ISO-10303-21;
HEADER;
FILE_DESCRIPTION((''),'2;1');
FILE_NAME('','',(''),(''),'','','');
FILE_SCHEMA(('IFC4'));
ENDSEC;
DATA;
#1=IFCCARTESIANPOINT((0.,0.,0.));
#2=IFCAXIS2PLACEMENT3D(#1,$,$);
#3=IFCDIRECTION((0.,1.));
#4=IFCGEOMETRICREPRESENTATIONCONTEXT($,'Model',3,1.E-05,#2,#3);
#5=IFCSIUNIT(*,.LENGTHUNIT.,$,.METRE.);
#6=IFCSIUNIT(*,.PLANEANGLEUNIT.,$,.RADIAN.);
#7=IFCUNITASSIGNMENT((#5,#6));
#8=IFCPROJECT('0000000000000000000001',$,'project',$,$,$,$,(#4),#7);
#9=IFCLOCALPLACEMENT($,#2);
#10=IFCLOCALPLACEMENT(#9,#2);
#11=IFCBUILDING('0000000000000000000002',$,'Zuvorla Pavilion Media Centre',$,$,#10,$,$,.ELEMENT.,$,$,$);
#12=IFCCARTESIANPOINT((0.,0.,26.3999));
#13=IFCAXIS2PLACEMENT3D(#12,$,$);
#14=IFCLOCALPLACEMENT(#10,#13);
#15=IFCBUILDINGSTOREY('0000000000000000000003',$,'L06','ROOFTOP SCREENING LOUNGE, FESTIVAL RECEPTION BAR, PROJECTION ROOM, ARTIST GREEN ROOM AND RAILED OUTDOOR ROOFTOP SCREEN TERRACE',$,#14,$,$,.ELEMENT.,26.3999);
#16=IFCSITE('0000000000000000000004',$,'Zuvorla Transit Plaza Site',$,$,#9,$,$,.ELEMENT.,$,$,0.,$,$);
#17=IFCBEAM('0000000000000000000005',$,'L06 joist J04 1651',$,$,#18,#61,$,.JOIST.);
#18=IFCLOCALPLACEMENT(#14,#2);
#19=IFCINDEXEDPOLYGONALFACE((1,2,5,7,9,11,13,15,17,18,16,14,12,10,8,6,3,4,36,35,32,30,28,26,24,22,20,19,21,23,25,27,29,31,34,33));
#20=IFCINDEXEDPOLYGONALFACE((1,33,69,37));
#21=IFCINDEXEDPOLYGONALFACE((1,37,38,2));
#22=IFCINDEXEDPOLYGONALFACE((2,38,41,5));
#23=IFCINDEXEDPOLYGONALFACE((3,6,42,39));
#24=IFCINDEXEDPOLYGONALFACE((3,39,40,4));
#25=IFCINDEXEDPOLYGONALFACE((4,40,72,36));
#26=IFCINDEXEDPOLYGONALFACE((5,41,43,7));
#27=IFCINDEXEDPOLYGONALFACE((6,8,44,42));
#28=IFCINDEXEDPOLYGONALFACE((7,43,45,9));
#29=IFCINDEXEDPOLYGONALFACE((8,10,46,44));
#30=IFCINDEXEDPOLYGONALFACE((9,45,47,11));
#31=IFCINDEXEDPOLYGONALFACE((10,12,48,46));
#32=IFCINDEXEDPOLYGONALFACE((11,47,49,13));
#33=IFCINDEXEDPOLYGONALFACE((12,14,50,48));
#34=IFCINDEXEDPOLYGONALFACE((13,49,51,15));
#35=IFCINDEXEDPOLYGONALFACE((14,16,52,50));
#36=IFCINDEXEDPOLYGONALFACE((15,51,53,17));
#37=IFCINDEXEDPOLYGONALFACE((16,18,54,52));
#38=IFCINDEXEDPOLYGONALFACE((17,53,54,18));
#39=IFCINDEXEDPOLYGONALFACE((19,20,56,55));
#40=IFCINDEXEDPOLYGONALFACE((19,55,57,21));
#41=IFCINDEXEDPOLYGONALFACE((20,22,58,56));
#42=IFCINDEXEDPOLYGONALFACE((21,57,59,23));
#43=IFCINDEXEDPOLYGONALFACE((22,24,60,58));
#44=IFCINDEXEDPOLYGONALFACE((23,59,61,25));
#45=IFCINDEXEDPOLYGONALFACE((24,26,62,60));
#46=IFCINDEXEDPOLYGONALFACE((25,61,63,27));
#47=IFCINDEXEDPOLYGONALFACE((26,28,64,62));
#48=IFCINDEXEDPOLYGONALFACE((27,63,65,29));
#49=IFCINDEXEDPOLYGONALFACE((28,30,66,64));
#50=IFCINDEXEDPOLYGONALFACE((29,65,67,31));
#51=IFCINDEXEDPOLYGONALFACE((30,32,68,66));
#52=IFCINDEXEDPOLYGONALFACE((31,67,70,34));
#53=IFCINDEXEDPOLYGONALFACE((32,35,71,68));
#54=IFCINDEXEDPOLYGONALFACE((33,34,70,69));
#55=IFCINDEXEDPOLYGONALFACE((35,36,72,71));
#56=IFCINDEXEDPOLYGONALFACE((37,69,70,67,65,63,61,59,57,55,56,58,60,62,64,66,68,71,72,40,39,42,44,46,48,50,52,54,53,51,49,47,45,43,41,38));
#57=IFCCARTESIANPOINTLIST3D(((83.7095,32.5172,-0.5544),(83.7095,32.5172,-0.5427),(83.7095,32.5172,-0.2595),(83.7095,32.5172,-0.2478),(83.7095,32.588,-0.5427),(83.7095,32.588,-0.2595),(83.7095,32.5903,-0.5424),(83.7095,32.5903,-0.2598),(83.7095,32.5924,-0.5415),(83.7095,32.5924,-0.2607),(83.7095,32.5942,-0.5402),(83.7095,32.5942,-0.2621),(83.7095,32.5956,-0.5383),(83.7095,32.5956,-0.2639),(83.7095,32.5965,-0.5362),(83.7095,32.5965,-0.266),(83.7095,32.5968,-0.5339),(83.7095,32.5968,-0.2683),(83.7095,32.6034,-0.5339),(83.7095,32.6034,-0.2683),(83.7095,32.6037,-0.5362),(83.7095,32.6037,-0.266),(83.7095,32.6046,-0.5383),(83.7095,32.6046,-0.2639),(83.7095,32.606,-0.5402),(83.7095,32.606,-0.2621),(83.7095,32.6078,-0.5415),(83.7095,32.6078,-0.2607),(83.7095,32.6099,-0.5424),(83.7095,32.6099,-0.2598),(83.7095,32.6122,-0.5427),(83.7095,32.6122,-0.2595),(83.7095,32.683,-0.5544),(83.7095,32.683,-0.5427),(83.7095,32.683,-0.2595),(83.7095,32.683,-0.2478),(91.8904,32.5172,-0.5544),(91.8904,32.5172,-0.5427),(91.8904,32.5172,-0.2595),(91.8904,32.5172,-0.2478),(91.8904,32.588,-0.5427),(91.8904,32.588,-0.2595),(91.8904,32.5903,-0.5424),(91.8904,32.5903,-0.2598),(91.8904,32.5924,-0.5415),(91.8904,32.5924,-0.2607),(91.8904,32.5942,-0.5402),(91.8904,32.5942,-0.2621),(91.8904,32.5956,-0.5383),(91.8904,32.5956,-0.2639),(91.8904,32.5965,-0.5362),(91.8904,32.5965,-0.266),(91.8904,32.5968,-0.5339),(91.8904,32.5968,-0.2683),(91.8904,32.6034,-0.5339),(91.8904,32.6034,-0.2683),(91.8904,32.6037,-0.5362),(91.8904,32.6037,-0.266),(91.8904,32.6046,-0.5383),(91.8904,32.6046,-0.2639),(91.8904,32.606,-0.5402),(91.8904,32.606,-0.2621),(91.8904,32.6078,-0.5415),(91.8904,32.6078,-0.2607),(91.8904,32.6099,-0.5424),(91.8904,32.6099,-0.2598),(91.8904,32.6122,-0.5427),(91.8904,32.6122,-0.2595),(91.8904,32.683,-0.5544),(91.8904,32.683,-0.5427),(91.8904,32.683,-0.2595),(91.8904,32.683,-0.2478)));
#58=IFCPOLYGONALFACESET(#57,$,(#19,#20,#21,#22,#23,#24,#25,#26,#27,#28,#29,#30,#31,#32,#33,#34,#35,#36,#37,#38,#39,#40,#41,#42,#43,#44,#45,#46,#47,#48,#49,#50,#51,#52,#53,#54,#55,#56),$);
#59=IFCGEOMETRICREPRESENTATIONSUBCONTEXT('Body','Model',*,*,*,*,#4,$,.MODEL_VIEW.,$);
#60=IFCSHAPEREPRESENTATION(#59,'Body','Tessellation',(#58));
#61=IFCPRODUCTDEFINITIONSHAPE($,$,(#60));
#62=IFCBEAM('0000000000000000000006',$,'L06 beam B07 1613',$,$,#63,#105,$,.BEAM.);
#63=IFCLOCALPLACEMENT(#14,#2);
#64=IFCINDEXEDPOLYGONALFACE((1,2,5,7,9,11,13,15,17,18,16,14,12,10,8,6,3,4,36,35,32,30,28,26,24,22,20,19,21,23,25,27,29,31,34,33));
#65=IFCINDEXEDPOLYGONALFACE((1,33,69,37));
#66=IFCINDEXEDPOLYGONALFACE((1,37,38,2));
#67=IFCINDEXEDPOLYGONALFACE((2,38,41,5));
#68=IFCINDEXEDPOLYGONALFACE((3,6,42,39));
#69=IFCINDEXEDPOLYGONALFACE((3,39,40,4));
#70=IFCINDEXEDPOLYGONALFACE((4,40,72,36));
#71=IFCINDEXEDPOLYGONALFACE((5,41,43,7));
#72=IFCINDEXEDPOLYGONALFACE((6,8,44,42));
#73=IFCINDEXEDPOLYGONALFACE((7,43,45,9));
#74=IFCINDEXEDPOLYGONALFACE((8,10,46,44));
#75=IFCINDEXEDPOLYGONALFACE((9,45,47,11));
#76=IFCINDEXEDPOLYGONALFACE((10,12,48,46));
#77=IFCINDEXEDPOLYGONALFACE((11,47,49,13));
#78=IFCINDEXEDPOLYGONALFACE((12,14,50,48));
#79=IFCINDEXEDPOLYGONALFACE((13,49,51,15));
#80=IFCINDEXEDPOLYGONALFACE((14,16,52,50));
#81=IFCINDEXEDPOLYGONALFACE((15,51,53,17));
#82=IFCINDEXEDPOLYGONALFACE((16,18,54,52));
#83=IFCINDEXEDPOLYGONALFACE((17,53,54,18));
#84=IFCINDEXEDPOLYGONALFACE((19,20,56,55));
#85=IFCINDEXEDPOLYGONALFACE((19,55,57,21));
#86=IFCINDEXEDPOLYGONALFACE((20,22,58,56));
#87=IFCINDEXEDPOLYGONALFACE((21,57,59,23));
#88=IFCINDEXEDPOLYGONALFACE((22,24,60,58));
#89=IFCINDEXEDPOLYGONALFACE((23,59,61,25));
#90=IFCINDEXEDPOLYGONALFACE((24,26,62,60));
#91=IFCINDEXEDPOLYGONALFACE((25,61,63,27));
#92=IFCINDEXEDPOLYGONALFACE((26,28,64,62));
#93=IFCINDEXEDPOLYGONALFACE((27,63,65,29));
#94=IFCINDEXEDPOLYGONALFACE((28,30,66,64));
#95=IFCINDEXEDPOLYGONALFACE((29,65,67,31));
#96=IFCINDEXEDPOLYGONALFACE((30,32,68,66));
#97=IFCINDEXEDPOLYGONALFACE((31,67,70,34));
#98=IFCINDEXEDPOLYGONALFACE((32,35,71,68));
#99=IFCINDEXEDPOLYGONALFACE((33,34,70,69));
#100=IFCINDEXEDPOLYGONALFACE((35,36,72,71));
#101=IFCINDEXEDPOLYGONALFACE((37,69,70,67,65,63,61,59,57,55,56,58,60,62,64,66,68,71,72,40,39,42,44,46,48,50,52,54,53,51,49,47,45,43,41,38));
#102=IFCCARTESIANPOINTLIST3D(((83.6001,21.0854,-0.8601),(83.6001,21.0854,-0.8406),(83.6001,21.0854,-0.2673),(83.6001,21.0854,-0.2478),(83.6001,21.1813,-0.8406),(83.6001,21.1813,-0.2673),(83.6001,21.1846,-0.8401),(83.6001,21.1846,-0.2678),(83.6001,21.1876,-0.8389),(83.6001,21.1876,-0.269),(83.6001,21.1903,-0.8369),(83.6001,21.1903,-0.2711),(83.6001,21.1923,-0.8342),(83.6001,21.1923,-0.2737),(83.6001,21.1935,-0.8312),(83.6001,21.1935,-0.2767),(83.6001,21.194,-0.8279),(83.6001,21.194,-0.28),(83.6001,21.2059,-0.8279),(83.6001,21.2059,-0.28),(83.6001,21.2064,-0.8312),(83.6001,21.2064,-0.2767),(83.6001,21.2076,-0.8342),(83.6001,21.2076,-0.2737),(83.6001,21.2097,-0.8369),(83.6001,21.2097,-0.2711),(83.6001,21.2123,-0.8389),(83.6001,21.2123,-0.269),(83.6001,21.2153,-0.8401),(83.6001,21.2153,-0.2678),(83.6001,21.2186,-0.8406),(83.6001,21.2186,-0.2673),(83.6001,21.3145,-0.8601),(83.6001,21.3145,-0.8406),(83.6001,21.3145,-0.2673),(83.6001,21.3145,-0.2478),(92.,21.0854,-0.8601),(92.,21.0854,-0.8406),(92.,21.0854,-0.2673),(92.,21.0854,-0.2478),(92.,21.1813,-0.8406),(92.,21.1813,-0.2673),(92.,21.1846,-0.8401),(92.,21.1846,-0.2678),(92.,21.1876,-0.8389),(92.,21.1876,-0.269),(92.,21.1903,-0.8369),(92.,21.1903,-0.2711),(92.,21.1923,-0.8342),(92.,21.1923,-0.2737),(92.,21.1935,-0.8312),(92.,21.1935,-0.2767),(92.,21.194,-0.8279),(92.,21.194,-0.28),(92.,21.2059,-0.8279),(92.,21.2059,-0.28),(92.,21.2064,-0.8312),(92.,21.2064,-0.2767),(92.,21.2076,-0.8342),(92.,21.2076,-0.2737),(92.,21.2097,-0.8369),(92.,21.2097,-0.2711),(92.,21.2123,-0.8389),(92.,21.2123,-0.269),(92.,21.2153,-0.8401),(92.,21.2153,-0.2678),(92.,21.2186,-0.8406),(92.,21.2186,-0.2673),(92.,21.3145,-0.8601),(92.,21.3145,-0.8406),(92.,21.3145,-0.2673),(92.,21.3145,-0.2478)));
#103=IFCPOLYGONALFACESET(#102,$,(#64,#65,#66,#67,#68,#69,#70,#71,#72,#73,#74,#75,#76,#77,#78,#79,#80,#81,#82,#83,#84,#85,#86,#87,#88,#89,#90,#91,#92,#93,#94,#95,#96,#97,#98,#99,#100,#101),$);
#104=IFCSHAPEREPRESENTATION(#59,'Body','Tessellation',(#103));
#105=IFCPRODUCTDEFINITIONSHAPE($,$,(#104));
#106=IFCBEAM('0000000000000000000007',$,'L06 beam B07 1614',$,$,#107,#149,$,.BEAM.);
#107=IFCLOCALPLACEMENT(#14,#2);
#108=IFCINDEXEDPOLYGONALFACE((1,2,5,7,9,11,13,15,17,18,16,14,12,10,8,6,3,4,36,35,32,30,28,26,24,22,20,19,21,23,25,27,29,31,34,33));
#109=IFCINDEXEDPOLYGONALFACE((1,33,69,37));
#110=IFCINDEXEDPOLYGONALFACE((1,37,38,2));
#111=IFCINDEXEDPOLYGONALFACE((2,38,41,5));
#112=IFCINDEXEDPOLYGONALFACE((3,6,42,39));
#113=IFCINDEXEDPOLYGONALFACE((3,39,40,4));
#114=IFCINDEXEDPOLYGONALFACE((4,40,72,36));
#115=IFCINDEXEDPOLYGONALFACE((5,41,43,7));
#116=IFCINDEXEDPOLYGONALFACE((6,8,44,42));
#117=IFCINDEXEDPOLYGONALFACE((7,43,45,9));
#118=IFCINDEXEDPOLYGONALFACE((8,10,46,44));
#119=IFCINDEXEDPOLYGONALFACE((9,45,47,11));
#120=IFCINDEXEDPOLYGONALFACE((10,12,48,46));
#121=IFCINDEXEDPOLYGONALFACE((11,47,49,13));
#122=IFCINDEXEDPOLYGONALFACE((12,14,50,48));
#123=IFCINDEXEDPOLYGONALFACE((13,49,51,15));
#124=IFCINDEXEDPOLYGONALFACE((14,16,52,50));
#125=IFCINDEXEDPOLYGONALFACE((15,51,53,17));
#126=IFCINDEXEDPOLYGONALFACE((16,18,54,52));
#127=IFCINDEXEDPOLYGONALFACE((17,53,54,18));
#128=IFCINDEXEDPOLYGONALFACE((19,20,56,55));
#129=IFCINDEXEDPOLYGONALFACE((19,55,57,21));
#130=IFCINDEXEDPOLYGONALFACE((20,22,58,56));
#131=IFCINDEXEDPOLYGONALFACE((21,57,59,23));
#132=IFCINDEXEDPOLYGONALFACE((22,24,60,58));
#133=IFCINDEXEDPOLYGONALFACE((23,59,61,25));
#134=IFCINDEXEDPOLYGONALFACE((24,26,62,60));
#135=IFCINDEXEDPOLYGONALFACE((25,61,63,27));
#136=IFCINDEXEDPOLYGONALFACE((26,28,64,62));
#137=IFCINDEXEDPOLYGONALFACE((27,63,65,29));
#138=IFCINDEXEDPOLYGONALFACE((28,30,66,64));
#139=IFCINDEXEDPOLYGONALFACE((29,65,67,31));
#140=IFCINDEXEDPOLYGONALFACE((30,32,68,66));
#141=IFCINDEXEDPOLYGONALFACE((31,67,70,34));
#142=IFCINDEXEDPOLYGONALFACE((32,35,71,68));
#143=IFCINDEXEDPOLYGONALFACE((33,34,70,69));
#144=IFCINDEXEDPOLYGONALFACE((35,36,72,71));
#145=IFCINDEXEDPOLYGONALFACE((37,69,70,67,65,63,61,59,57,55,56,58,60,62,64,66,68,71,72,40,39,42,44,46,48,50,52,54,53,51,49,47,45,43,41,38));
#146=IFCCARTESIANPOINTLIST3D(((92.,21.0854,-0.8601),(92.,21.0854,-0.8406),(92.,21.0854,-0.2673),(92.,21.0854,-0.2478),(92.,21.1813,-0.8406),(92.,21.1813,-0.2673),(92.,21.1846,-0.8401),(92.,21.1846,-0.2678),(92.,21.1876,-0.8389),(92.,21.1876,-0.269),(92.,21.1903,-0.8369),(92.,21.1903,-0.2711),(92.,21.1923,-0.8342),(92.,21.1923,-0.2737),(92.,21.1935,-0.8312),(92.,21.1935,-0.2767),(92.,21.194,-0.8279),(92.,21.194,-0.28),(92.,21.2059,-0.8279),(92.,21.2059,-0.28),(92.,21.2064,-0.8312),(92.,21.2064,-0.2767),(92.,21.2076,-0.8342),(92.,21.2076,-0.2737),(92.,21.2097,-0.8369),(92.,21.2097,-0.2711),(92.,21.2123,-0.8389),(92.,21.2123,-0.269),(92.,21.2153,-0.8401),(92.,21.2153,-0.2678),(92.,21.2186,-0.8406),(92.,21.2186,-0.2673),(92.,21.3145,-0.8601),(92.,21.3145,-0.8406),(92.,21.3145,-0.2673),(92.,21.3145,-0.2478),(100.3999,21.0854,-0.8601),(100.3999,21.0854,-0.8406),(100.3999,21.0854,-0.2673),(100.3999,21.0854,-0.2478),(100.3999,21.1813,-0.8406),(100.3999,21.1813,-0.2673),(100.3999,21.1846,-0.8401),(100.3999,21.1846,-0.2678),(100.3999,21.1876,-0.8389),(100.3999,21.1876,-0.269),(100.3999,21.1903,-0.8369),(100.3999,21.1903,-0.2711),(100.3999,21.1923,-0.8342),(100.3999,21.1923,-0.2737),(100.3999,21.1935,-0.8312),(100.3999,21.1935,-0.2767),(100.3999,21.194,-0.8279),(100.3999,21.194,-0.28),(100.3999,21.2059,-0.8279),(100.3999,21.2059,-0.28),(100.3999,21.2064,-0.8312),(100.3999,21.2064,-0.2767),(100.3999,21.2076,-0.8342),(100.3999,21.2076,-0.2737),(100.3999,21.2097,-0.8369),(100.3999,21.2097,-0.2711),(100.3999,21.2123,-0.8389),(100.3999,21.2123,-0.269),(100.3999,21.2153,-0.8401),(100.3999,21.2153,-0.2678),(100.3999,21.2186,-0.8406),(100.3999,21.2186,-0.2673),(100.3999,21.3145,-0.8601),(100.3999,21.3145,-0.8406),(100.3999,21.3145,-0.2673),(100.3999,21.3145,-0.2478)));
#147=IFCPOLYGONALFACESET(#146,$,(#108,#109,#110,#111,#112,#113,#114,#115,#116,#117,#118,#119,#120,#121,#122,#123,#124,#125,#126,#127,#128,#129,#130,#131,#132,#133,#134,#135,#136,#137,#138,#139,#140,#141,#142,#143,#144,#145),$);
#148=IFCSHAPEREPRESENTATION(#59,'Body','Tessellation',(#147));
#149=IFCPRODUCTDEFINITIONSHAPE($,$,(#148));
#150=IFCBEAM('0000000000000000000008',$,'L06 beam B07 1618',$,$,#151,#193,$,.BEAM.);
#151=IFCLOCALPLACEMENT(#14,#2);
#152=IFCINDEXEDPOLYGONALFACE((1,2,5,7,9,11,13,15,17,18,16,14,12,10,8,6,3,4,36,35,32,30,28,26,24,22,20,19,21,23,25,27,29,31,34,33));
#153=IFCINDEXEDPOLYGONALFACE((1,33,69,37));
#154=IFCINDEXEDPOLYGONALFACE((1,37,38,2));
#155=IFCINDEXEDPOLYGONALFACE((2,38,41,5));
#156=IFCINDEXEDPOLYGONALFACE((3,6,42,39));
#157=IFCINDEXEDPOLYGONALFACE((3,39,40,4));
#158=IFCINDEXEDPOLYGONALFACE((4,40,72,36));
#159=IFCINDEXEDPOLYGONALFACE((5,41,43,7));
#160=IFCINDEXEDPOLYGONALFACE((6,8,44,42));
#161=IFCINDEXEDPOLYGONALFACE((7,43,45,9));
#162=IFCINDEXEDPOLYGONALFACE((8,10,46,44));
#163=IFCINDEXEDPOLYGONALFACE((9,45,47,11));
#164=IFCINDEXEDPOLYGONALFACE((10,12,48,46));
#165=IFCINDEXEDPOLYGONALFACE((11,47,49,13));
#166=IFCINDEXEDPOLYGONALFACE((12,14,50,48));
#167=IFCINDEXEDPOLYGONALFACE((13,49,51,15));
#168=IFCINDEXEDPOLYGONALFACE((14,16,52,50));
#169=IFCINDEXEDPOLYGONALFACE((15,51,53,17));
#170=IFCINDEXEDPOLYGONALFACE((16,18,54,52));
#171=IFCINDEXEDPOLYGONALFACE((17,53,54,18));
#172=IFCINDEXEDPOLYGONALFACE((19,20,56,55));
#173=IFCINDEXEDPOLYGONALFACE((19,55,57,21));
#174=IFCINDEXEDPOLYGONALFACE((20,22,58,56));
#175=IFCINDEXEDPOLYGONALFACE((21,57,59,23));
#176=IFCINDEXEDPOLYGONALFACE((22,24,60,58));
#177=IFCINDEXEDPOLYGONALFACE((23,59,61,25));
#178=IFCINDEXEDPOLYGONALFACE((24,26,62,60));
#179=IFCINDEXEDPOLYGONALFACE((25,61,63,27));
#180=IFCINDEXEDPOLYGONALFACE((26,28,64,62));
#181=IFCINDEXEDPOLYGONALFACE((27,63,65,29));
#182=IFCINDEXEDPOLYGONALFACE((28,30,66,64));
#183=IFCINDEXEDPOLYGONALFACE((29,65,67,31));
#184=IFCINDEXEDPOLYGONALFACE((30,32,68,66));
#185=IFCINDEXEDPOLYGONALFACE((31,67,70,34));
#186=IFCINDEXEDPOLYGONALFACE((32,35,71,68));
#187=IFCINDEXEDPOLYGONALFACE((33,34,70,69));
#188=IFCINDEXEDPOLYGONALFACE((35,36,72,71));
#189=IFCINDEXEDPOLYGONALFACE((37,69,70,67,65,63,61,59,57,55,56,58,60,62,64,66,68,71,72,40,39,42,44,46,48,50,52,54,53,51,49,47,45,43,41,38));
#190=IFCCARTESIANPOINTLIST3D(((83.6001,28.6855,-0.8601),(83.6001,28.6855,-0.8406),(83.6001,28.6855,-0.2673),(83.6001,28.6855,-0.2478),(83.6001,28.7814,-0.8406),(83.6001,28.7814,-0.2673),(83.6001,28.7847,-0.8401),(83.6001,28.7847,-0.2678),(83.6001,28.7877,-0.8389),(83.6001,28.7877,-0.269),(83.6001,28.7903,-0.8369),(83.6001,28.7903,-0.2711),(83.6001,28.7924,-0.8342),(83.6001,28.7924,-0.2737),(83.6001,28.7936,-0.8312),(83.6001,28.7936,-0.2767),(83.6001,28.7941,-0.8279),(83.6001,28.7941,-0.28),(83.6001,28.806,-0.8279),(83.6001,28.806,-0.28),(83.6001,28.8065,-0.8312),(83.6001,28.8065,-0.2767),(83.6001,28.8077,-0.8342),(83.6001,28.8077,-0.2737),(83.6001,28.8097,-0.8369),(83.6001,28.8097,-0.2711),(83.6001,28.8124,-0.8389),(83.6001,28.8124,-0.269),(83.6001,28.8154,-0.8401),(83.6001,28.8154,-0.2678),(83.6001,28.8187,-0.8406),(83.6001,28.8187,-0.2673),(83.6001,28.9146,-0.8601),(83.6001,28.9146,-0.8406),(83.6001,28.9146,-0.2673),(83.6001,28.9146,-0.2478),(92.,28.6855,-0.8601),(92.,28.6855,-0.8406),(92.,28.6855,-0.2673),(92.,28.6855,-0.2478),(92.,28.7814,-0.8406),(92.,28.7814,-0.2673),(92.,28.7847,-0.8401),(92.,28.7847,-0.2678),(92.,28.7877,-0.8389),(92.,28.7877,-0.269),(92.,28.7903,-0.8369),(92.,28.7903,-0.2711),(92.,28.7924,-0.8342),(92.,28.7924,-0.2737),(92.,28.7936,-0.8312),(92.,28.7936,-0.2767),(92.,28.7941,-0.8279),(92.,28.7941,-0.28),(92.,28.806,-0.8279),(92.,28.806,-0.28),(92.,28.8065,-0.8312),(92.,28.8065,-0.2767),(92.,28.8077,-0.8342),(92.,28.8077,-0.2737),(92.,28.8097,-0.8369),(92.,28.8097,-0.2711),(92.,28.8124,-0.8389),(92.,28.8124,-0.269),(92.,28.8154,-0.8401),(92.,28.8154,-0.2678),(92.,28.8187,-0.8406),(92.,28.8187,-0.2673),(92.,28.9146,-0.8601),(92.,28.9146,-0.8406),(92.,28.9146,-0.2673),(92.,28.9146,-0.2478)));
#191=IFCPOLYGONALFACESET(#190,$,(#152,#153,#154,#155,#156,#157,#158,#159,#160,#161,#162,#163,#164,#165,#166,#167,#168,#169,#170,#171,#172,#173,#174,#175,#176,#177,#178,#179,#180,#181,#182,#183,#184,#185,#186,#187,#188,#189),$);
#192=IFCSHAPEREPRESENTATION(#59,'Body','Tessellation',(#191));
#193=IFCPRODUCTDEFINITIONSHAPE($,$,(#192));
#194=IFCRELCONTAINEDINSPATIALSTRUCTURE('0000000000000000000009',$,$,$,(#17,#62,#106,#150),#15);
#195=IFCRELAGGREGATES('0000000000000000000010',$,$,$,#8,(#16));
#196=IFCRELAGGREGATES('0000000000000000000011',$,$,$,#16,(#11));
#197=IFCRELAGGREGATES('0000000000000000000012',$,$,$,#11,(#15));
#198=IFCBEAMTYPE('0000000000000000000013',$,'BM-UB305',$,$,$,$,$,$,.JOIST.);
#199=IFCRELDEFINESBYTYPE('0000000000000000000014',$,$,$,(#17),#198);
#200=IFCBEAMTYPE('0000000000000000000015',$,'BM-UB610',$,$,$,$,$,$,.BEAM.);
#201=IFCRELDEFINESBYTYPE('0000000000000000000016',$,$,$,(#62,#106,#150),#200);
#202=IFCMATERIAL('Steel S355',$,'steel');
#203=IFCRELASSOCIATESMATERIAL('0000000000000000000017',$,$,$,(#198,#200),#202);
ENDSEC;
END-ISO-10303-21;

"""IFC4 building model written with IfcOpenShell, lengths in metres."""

from ifc_helpers import new_model, si_unit, direction, frame, origin, origin_2d, place, context, subcontext, project, spatial, i_section, extrude, material, material_profile, profile_set, type_object, element, save


model = new_model("IFC4")

# Units and contexts
model_context = context("Model", 3, precision=1e-05, world=origin(), true_north=direction((0.0, 1.0)))
body_context = subcontext(model_context, "Body", "Model", "MODEL_VIEW")
ifc_project = project(units=[si_unit("LENGTHUNIT", "METRE"), si_unit("PLANEANGLEUNIT", "RADIAN")], contexts=[model_context])

# Site, building, storey
site_placement = place(None, origin())
site = spatial("IfcSite", under=ifc_project, at=site_placement, Name="Zuvorla Transit Plaza Site", CompositionType="ELEMENT", RefElevation=0.0)
building_placement = place(site_placement, origin())
building = spatial("IfcBuilding", under=site, at=building_placement, Name="Zuvorla Pavilion Media Centre", CompositionType="ELEMENT")
storey_placement = place(building_placement, frame((0.0, 0.0, 26.3999)))
storey = spatial("IfcBuildingStorey", under=building, at=storey_placement, Name="L06", Description="ROOFTOP SCREENING LOUNGE, FESTIVAL RECEPTION BAR, PROJECTION ROOM, ARTIST GREEN ROOM AND RAILED OUTDOOR ROOFTOP SCREEN TERRACE", CompositionType="ELEMENT", Elevation=26.3999)

# Shared definitions
ifc_material_1 = material(Name="Steel S355", Category="steel")

# Beams
ifc_material_profile_1 = material_profile(ifc_material_1, i_section(OverallWidth=0.1658, OverallDepth=0.3066, WebThickness=0.0066, FlangeThickness=0.0117, FilletRadius=0.0088, at=origin_2d()), Name="UB 305x165x46")
ifc_profile_set_1 = profile_set([ifc_material_profile_1], Name="Steel S355")
beam_type_1 = type_object("IfcBeamType", Name="BM-UB305", PredefinedType="JOIST", material=ifc_profile_set_1)
for number, where, z_axis, x_axis, name in (
    (1, (83.7095, 32.6001, -0.4011), (1.0, 0.0, 0.0), (0.0, 1.0, 0.0), "L06 joist J04 1651"),
):
    element("IfcBeam", number, at=place(storey_placement, frame(where, z_axis=z_axis, x_axis=x_axis)), inside=storey, type_object=beam_type_1, Name=name, PredefinedType="JOIST", context=body_context, shape_type="SweptSolid", body=[
        extrude(i_section(OverallWidth=0.1658, OverallDepth=0.3066, WebThickness=0.0066, FlangeThickness=0.0117, FilletRadius=0.0088, at=origin_2d()), origin(), (0.0, 0.0, 1.0), 8.1809),
    ])
ifc_material_profile_2 = material_profile(ifc_material_1, i_section(OverallWidth=0.229, OverallDepth=0.6123, WebThickness=0.012, FlangeThickness=0.0195, FilletRadius=0.0127, at=origin_2d()), Name="UB 610x229x125")
ifc_profile_set_2 = profile_set([ifc_material_profile_2], Name="Steel S355")
beam_type_2 = type_object("IfcBeamType", Name="BM-UB610", PredefinedType="BEAM", material=ifc_profile_set_2)
for number, where, z_axis, x_axis, name in (
    (2, (83.6001, 21.2, -0.554), (1.0, 0.0, 0.0), (0.0, 1.0, 0.0), "L06 beam B07 1613"),
    (3, (92.0, 21.2, -0.554), (1.0, 0.0, 0.0), (0.0, 1.0, 0.0), "L06 beam B07 1614"),
    (4, (83.6001, 28.8, -0.554), (1.0, 0.0, 0.0), (0.0, 1.0, 0.0), "L06 beam B07 1618"),
):
    element("IfcBeam", number, at=place(storey_placement, frame(where, z_axis=z_axis, x_axis=x_axis)), inside=storey, type_object=beam_type_2, Name=name, PredefinedType="BEAM", context=body_context, shape_type="SweptSolid", body=[
        extrude(i_section(OverallWidth=0.229, OverallDepth=0.6123, WebThickness=0.012, FlangeThickness=0.0195, FilletRadius=0.0127, at=origin_2d()), origin(), (0.0, 0.0, 1.0), 8.3999),
    ])

save(model, "model.ifc")
